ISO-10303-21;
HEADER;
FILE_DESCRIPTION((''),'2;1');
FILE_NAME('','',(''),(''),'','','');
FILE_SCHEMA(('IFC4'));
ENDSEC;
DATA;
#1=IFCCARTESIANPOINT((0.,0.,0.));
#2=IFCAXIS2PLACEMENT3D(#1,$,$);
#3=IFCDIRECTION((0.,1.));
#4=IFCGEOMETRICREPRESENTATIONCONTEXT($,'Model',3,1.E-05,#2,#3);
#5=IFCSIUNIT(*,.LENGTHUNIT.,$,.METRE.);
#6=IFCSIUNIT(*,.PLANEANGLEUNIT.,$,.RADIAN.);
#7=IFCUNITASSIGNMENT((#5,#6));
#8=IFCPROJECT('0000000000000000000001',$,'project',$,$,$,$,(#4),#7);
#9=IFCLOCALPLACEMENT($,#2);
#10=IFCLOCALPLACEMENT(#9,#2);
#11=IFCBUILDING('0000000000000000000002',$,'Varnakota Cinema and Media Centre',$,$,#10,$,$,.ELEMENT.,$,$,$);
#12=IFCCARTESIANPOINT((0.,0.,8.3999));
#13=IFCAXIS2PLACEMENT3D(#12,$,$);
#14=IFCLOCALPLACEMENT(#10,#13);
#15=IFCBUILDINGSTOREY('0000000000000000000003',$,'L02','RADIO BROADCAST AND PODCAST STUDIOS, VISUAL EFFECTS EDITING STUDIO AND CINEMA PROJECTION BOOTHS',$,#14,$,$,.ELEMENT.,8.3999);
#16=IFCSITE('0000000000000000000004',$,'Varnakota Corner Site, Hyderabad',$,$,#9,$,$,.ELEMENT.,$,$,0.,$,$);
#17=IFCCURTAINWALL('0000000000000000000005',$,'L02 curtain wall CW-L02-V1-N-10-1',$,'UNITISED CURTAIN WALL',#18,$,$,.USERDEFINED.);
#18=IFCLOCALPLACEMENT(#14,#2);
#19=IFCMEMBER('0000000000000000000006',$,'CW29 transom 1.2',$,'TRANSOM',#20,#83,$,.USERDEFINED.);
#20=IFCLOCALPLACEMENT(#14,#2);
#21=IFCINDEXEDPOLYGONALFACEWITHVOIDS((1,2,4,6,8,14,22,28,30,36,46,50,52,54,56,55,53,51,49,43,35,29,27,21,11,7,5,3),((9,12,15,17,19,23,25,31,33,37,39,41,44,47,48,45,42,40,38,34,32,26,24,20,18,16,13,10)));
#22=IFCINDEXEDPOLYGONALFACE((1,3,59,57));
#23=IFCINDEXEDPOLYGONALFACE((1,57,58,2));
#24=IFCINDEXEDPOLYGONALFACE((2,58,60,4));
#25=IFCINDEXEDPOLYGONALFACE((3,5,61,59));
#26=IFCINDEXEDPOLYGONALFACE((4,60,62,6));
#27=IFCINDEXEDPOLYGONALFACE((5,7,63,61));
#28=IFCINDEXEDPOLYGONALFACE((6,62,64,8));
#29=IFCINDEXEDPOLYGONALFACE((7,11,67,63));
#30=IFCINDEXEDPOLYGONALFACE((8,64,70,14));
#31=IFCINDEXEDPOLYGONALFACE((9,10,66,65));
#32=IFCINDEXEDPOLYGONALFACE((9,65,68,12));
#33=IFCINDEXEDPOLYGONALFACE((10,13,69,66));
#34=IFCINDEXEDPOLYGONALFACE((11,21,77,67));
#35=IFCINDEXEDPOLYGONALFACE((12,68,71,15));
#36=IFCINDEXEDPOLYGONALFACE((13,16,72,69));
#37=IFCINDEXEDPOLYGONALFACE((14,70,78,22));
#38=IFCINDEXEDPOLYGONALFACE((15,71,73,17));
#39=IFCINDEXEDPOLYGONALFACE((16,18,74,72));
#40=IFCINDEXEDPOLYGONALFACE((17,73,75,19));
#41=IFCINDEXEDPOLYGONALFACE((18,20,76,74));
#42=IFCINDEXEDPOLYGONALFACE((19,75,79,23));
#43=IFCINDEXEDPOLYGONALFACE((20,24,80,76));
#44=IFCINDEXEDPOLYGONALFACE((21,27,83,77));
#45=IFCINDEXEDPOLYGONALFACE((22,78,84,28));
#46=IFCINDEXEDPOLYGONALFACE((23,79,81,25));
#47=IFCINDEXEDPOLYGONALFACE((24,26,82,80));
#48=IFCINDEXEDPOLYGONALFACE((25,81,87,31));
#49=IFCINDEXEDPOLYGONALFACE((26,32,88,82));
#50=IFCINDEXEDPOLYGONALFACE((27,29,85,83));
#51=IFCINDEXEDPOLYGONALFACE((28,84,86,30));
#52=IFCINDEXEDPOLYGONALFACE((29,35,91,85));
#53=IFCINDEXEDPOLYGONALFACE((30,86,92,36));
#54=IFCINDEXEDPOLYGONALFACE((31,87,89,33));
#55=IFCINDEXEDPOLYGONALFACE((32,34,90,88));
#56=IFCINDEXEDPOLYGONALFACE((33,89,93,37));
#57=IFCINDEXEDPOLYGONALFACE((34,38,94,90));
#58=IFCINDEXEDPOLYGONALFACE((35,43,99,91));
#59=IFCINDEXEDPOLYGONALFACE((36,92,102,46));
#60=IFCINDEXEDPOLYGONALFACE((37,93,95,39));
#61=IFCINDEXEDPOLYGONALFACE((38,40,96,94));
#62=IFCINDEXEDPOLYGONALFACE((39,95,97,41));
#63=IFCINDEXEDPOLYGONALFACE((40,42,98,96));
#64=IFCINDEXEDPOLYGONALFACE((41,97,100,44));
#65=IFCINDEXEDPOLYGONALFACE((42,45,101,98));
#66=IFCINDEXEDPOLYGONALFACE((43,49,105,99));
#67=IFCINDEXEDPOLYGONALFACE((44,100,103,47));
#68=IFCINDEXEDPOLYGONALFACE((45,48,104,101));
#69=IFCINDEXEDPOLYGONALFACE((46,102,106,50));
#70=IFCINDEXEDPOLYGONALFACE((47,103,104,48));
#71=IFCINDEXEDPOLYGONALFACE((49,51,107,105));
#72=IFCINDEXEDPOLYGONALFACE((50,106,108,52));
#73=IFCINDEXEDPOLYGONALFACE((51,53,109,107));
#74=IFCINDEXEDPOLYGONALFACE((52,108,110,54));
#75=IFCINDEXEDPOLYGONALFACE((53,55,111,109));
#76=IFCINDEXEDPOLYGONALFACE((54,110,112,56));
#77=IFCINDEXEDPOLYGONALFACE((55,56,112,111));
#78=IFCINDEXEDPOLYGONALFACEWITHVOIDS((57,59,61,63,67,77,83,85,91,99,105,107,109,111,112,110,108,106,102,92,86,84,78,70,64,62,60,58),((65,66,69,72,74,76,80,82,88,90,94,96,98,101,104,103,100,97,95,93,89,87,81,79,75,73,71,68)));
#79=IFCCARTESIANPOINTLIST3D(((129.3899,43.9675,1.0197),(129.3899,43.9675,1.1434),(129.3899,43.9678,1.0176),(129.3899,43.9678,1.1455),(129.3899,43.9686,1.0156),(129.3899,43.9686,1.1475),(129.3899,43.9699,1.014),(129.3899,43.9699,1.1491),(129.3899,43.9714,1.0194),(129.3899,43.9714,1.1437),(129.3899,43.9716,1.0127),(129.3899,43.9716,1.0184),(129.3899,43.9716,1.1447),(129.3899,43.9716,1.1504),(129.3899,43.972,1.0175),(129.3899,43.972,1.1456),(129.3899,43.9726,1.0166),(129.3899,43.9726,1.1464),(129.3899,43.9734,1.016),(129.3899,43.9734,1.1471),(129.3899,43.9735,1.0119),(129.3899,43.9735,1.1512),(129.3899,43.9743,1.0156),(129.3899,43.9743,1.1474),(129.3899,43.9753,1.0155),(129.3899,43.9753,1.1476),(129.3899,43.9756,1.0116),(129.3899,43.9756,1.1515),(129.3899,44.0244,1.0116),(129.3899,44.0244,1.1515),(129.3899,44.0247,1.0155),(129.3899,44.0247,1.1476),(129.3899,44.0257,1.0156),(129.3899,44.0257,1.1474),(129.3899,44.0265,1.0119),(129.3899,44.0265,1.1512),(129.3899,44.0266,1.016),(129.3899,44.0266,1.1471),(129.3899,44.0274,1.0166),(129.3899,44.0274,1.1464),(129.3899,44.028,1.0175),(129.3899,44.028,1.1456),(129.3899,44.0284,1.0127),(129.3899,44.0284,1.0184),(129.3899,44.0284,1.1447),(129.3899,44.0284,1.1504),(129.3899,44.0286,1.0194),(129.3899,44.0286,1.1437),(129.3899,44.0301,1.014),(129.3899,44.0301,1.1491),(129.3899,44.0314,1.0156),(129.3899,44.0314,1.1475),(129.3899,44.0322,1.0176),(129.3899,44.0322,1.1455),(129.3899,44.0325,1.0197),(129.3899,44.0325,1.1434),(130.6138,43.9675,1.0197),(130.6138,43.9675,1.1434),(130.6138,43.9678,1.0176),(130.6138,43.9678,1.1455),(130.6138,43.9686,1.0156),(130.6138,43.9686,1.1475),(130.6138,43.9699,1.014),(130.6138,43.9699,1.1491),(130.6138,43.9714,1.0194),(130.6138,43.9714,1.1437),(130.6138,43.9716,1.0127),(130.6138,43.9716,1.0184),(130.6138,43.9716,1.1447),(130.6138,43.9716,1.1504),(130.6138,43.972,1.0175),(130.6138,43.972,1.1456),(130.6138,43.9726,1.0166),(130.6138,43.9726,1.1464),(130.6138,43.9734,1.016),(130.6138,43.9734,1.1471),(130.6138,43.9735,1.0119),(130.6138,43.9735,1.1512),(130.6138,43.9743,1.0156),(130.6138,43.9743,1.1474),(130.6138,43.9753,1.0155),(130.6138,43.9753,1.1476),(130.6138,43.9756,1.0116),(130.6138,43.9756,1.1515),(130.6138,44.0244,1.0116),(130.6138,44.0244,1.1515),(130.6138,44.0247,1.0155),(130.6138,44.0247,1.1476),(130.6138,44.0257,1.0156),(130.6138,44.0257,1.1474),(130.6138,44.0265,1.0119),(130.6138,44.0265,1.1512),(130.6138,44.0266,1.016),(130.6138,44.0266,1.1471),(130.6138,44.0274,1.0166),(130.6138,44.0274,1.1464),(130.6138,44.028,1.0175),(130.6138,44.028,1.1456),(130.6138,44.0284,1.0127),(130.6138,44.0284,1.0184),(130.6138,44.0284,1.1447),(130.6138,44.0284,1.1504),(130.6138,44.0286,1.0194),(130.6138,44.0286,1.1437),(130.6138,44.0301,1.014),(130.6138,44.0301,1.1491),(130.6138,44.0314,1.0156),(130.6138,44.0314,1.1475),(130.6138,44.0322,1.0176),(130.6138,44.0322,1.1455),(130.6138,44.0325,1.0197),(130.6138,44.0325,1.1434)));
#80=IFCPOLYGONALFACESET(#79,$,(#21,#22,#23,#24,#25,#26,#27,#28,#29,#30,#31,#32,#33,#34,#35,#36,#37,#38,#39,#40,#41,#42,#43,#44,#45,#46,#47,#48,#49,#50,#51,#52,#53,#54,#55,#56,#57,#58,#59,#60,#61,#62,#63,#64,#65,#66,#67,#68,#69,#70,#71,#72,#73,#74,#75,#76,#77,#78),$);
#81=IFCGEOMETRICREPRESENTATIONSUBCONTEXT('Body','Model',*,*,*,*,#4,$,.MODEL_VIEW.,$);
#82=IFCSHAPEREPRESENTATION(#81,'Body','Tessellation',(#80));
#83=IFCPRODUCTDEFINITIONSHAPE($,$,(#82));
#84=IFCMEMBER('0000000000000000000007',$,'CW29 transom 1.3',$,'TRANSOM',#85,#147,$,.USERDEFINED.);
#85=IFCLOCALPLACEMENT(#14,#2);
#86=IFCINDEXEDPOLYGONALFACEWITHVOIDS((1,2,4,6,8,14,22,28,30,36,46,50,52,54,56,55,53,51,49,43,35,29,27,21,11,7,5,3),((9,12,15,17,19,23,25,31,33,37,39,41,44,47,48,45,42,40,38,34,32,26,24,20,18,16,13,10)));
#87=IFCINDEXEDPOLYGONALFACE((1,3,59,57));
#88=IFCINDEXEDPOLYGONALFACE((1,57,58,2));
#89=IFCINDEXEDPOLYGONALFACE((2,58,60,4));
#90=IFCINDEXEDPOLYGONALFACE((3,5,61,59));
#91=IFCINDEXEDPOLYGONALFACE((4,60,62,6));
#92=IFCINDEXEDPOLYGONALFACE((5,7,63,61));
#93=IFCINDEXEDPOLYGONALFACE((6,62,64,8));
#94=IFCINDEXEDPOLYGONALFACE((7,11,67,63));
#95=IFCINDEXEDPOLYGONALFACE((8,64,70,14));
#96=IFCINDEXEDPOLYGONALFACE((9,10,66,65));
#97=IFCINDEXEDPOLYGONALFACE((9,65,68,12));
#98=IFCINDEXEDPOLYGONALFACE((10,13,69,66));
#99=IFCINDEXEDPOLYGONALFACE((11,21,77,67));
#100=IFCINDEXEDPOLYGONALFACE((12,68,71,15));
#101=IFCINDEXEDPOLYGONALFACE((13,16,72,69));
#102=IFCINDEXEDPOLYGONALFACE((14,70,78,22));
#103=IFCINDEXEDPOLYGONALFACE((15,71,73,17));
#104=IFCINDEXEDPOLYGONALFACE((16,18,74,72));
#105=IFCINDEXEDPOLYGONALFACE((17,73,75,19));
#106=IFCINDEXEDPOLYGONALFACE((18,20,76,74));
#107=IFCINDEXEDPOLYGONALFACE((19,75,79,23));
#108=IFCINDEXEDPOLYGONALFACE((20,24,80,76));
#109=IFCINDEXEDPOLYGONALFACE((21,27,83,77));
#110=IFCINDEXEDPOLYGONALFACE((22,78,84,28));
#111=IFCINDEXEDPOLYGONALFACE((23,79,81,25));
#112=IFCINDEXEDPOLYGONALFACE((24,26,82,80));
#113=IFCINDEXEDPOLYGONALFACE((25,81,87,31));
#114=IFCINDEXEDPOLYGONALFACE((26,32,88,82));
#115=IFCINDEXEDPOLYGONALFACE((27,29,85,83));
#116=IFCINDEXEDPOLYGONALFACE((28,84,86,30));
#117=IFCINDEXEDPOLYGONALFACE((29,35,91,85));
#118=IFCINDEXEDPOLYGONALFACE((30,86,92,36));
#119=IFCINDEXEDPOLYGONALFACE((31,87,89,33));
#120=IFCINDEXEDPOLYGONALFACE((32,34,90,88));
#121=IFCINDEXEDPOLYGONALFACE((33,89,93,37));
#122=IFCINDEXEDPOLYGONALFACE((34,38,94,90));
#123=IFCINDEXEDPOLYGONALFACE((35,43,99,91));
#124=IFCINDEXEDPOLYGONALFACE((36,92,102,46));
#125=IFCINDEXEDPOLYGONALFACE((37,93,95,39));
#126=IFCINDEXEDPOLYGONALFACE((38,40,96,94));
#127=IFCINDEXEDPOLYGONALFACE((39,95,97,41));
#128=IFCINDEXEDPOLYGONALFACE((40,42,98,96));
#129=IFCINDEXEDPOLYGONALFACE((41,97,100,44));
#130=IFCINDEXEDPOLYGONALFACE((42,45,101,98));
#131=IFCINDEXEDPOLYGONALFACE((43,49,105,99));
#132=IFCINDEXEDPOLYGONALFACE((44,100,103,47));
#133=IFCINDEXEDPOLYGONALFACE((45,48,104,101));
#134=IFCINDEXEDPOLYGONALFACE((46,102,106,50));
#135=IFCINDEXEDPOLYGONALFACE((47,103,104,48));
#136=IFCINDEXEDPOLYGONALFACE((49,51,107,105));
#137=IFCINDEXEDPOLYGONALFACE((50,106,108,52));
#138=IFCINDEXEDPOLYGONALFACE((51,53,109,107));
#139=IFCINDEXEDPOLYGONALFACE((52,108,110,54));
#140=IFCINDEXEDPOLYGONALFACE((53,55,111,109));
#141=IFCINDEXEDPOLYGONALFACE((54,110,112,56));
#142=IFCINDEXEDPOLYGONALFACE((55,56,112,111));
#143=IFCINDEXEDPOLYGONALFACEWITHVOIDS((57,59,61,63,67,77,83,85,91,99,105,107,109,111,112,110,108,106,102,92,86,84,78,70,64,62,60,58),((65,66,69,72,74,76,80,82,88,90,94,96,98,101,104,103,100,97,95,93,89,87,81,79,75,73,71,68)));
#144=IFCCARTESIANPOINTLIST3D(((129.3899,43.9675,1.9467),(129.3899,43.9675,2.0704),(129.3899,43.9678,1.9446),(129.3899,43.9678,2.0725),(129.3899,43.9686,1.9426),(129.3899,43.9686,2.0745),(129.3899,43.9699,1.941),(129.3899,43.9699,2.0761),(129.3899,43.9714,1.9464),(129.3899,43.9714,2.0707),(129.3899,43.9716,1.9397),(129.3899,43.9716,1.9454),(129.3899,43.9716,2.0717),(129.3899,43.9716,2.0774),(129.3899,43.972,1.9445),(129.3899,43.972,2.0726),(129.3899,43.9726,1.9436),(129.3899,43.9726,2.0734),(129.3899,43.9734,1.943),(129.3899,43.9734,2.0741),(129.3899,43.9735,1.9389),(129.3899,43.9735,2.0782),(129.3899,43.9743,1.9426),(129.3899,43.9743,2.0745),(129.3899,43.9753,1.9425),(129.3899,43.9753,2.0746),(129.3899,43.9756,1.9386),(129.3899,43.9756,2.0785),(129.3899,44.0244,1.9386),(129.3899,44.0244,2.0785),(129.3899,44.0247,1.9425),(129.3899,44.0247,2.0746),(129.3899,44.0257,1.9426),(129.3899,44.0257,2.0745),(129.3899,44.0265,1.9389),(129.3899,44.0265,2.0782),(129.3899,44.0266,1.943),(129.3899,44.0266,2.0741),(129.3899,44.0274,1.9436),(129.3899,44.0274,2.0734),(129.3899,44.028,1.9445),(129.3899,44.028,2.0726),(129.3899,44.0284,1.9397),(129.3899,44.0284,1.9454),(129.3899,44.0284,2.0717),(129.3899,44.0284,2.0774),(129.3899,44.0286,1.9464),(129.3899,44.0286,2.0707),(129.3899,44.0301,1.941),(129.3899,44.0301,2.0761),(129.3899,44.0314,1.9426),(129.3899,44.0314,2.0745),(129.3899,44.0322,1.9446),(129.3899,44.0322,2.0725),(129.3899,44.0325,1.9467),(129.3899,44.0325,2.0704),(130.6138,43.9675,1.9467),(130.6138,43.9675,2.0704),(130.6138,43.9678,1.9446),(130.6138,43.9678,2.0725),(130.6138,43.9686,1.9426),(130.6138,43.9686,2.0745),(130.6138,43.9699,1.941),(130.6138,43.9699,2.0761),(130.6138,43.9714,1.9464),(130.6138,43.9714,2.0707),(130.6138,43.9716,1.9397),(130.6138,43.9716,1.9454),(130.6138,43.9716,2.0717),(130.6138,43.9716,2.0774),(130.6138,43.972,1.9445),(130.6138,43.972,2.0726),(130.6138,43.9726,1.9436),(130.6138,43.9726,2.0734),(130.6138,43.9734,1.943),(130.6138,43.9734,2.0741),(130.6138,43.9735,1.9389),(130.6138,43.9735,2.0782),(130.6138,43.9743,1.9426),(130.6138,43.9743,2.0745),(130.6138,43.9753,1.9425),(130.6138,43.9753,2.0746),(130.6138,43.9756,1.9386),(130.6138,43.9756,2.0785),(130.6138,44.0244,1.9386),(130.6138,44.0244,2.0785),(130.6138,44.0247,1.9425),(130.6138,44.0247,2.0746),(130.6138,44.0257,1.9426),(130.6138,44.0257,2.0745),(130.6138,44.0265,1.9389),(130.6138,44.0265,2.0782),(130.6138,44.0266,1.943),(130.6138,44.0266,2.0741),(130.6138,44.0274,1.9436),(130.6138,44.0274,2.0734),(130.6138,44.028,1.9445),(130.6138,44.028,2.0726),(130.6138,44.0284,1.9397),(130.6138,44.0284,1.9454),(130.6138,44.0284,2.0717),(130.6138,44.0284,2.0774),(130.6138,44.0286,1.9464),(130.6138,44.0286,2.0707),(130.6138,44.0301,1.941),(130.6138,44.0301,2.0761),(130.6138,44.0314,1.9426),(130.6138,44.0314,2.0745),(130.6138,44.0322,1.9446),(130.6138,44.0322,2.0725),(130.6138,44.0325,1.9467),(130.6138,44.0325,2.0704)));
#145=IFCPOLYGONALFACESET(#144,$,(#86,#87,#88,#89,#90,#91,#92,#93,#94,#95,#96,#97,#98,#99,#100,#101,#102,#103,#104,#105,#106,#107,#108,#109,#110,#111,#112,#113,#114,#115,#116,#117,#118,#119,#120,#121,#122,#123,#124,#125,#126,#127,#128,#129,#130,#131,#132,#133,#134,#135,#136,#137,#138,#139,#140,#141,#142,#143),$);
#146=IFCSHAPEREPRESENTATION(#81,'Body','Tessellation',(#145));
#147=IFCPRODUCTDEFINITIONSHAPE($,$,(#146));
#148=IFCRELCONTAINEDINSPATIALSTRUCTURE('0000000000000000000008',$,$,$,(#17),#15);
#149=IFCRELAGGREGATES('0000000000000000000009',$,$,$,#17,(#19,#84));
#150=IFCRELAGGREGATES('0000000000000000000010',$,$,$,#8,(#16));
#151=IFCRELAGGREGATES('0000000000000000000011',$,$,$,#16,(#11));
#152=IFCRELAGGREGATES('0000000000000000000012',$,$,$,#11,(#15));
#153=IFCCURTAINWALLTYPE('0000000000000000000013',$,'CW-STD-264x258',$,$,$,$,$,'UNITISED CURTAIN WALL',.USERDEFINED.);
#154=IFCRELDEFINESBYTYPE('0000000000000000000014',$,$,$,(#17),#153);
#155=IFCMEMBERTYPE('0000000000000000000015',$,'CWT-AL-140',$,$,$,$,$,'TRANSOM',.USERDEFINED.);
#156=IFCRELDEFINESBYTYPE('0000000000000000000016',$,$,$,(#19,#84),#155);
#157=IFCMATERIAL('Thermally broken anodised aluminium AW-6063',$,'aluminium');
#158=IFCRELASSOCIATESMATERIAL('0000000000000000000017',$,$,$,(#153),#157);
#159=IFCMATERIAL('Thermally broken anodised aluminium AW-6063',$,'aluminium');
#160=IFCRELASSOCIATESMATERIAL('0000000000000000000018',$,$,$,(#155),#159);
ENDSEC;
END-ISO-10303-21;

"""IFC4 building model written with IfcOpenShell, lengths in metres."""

from ifc_helpers import new_model, si_unit, direction, frame, origin, origin_2d, place, context, subcontext, project, spatial, hollow_rectangle, extrude, material, material_profile, profile_set, type_object, element, aggregate, save


model = new_model("IFC4")

# Units and contexts
model_context = context("Model", 3, precision=1e-05, world=origin(), true_north=direction((0.0, 1.0)))
body_context = subcontext(model_context, "Body", "Model", "MODEL_VIEW")
ifc_project = project(units=[si_unit("LENGTHUNIT", "METRE"), si_unit("PLANEANGLEUNIT", "RADIAN")], contexts=[model_context])

# Site, building, storey
site_placement = place(None, origin())
site = spatial("IfcSite", under=ifc_project, at=site_placement, Name="Varnakota Corner Site, Hyderabad", CompositionType="ELEMENT", RefElevation=0.0)
building_placement = place(site_placement, origin())
building = spatial("IfcBuilding", under=site, at=building_placement, Name="Varnakota Cinema and Media Centre", CompositionType="ELEMENT")
storey_placement = place(building_placement, frame((0.0, 0.0, 8.3999)))
storey = spatial("IfcBuildingStorey", under=building, at=storey_placement, Name="L02", Description="RADIO BROADCAST AND PODCAST STUDIOS, VISUAL EFFECTS EDITING STUDIO AND CINEMA PROJECTION BOOTHS", CompositionType="ELEMENT", Elevation=8.3999)

# Shared definitions
ifc_material_1 = material(Name="Thermally broken anodised aluminium AW-6063", Category="aluminium")
curtain_wall_type = type_object("IfcCurtainWallType", Name="CW-STD-264x258", ElementType="UNITISED CURTAIN WALL", PredefinedType="USERDEFINED", material=ifc_material_1)

# Curtain wall
curtain_wall_1_placement = place(storey_placement, origin())
curtain_wall_1 = element("IfcCurtainWall", 1, at=curtain_wall_1_placement, inside=storey, type_object=curtain_wall_type, Name="L02 curtain wall CW-L02-V1-N-10-1", ObjectType="UNITISED CURTAIN WALL", PredefinedType="USERDEFINED")

# Members
ifc_material_2 = material(Name="Thermally broken anodised aluminium AW-6063", Category="aluminium")
ifc_material_profile_1 = material_profile(ifc_material_2, hollow_rectangle(XDim=0.0649, YDim=0.1399, WallThickness=0.0039, InnerFilletRadius=0.0039, OuterFilletRadius=0.0081, at=origin_2d()), Name="AL-TRANSOM 140x65x4")
ifc_profile_set_1 = profile_set([ifc_material_profile_1], Name="Thermally broken anodised aluminium AW-6063")
member_type_1 = type_object("IfcMemberType", Name="CWT-AL-140", ElementType="TRANSOM", PredefinedType="USERDEFINED", material=ifc_profile_set_1)
member_1_placement = place(storey_placement, frame((129.3899, 44.0, 1.0815), z_axis=(1.0, 0.0, 0.0), x_axis=(0.0, 1.0, 0.0)))
member_1 = element("IfcMember", 2, at=member_1_placement, type_object=member_type_1, Name="CW29 transom 1.2", ObjectType="TRANSOM", PredefinedType="USERDEFINED", context=body_context, shape_type="SweptSolid", body=[
    extrude(hollow_rectangle(XDim=0.0649, YDim=0.1399, WallThickness=0.0039, InnerFilletRadius=0.0039, OuterFilletRadius=0.0081, at=origin_2d()), origin(), (0.0, 0.0, 1.0), 1.2239),
])
member_2_placement = place(storey_placement, frame((129.3899, 44.0, 2.0085), z_axis=(1.0, 0.0, 0.0), x_axis=(0.0, 1.0, 0.0)))
member_2 = element("IfcMember", 3, at=member_2_placement, type_object=member_type_1, Name="CW29 transom 1.3", ObjectType="TRANSOM", PredefinedType="USERDEFINED", context=body_context, shape_type="SweptSolid", body=[
    extrude(hollow_rectangle(XDim=0.0649, YDim=0.1399, WallThickness=0.0039, InnerFilletRadius=0.0039, OuterFilletRadius=0.0081, at=origin_2d()), origin(), (0.0, 0.0, 1.0), 1.2239),
])

aggregate(curtain_wall_1, [member_1, member_2])

save(model, "model.ifc")
